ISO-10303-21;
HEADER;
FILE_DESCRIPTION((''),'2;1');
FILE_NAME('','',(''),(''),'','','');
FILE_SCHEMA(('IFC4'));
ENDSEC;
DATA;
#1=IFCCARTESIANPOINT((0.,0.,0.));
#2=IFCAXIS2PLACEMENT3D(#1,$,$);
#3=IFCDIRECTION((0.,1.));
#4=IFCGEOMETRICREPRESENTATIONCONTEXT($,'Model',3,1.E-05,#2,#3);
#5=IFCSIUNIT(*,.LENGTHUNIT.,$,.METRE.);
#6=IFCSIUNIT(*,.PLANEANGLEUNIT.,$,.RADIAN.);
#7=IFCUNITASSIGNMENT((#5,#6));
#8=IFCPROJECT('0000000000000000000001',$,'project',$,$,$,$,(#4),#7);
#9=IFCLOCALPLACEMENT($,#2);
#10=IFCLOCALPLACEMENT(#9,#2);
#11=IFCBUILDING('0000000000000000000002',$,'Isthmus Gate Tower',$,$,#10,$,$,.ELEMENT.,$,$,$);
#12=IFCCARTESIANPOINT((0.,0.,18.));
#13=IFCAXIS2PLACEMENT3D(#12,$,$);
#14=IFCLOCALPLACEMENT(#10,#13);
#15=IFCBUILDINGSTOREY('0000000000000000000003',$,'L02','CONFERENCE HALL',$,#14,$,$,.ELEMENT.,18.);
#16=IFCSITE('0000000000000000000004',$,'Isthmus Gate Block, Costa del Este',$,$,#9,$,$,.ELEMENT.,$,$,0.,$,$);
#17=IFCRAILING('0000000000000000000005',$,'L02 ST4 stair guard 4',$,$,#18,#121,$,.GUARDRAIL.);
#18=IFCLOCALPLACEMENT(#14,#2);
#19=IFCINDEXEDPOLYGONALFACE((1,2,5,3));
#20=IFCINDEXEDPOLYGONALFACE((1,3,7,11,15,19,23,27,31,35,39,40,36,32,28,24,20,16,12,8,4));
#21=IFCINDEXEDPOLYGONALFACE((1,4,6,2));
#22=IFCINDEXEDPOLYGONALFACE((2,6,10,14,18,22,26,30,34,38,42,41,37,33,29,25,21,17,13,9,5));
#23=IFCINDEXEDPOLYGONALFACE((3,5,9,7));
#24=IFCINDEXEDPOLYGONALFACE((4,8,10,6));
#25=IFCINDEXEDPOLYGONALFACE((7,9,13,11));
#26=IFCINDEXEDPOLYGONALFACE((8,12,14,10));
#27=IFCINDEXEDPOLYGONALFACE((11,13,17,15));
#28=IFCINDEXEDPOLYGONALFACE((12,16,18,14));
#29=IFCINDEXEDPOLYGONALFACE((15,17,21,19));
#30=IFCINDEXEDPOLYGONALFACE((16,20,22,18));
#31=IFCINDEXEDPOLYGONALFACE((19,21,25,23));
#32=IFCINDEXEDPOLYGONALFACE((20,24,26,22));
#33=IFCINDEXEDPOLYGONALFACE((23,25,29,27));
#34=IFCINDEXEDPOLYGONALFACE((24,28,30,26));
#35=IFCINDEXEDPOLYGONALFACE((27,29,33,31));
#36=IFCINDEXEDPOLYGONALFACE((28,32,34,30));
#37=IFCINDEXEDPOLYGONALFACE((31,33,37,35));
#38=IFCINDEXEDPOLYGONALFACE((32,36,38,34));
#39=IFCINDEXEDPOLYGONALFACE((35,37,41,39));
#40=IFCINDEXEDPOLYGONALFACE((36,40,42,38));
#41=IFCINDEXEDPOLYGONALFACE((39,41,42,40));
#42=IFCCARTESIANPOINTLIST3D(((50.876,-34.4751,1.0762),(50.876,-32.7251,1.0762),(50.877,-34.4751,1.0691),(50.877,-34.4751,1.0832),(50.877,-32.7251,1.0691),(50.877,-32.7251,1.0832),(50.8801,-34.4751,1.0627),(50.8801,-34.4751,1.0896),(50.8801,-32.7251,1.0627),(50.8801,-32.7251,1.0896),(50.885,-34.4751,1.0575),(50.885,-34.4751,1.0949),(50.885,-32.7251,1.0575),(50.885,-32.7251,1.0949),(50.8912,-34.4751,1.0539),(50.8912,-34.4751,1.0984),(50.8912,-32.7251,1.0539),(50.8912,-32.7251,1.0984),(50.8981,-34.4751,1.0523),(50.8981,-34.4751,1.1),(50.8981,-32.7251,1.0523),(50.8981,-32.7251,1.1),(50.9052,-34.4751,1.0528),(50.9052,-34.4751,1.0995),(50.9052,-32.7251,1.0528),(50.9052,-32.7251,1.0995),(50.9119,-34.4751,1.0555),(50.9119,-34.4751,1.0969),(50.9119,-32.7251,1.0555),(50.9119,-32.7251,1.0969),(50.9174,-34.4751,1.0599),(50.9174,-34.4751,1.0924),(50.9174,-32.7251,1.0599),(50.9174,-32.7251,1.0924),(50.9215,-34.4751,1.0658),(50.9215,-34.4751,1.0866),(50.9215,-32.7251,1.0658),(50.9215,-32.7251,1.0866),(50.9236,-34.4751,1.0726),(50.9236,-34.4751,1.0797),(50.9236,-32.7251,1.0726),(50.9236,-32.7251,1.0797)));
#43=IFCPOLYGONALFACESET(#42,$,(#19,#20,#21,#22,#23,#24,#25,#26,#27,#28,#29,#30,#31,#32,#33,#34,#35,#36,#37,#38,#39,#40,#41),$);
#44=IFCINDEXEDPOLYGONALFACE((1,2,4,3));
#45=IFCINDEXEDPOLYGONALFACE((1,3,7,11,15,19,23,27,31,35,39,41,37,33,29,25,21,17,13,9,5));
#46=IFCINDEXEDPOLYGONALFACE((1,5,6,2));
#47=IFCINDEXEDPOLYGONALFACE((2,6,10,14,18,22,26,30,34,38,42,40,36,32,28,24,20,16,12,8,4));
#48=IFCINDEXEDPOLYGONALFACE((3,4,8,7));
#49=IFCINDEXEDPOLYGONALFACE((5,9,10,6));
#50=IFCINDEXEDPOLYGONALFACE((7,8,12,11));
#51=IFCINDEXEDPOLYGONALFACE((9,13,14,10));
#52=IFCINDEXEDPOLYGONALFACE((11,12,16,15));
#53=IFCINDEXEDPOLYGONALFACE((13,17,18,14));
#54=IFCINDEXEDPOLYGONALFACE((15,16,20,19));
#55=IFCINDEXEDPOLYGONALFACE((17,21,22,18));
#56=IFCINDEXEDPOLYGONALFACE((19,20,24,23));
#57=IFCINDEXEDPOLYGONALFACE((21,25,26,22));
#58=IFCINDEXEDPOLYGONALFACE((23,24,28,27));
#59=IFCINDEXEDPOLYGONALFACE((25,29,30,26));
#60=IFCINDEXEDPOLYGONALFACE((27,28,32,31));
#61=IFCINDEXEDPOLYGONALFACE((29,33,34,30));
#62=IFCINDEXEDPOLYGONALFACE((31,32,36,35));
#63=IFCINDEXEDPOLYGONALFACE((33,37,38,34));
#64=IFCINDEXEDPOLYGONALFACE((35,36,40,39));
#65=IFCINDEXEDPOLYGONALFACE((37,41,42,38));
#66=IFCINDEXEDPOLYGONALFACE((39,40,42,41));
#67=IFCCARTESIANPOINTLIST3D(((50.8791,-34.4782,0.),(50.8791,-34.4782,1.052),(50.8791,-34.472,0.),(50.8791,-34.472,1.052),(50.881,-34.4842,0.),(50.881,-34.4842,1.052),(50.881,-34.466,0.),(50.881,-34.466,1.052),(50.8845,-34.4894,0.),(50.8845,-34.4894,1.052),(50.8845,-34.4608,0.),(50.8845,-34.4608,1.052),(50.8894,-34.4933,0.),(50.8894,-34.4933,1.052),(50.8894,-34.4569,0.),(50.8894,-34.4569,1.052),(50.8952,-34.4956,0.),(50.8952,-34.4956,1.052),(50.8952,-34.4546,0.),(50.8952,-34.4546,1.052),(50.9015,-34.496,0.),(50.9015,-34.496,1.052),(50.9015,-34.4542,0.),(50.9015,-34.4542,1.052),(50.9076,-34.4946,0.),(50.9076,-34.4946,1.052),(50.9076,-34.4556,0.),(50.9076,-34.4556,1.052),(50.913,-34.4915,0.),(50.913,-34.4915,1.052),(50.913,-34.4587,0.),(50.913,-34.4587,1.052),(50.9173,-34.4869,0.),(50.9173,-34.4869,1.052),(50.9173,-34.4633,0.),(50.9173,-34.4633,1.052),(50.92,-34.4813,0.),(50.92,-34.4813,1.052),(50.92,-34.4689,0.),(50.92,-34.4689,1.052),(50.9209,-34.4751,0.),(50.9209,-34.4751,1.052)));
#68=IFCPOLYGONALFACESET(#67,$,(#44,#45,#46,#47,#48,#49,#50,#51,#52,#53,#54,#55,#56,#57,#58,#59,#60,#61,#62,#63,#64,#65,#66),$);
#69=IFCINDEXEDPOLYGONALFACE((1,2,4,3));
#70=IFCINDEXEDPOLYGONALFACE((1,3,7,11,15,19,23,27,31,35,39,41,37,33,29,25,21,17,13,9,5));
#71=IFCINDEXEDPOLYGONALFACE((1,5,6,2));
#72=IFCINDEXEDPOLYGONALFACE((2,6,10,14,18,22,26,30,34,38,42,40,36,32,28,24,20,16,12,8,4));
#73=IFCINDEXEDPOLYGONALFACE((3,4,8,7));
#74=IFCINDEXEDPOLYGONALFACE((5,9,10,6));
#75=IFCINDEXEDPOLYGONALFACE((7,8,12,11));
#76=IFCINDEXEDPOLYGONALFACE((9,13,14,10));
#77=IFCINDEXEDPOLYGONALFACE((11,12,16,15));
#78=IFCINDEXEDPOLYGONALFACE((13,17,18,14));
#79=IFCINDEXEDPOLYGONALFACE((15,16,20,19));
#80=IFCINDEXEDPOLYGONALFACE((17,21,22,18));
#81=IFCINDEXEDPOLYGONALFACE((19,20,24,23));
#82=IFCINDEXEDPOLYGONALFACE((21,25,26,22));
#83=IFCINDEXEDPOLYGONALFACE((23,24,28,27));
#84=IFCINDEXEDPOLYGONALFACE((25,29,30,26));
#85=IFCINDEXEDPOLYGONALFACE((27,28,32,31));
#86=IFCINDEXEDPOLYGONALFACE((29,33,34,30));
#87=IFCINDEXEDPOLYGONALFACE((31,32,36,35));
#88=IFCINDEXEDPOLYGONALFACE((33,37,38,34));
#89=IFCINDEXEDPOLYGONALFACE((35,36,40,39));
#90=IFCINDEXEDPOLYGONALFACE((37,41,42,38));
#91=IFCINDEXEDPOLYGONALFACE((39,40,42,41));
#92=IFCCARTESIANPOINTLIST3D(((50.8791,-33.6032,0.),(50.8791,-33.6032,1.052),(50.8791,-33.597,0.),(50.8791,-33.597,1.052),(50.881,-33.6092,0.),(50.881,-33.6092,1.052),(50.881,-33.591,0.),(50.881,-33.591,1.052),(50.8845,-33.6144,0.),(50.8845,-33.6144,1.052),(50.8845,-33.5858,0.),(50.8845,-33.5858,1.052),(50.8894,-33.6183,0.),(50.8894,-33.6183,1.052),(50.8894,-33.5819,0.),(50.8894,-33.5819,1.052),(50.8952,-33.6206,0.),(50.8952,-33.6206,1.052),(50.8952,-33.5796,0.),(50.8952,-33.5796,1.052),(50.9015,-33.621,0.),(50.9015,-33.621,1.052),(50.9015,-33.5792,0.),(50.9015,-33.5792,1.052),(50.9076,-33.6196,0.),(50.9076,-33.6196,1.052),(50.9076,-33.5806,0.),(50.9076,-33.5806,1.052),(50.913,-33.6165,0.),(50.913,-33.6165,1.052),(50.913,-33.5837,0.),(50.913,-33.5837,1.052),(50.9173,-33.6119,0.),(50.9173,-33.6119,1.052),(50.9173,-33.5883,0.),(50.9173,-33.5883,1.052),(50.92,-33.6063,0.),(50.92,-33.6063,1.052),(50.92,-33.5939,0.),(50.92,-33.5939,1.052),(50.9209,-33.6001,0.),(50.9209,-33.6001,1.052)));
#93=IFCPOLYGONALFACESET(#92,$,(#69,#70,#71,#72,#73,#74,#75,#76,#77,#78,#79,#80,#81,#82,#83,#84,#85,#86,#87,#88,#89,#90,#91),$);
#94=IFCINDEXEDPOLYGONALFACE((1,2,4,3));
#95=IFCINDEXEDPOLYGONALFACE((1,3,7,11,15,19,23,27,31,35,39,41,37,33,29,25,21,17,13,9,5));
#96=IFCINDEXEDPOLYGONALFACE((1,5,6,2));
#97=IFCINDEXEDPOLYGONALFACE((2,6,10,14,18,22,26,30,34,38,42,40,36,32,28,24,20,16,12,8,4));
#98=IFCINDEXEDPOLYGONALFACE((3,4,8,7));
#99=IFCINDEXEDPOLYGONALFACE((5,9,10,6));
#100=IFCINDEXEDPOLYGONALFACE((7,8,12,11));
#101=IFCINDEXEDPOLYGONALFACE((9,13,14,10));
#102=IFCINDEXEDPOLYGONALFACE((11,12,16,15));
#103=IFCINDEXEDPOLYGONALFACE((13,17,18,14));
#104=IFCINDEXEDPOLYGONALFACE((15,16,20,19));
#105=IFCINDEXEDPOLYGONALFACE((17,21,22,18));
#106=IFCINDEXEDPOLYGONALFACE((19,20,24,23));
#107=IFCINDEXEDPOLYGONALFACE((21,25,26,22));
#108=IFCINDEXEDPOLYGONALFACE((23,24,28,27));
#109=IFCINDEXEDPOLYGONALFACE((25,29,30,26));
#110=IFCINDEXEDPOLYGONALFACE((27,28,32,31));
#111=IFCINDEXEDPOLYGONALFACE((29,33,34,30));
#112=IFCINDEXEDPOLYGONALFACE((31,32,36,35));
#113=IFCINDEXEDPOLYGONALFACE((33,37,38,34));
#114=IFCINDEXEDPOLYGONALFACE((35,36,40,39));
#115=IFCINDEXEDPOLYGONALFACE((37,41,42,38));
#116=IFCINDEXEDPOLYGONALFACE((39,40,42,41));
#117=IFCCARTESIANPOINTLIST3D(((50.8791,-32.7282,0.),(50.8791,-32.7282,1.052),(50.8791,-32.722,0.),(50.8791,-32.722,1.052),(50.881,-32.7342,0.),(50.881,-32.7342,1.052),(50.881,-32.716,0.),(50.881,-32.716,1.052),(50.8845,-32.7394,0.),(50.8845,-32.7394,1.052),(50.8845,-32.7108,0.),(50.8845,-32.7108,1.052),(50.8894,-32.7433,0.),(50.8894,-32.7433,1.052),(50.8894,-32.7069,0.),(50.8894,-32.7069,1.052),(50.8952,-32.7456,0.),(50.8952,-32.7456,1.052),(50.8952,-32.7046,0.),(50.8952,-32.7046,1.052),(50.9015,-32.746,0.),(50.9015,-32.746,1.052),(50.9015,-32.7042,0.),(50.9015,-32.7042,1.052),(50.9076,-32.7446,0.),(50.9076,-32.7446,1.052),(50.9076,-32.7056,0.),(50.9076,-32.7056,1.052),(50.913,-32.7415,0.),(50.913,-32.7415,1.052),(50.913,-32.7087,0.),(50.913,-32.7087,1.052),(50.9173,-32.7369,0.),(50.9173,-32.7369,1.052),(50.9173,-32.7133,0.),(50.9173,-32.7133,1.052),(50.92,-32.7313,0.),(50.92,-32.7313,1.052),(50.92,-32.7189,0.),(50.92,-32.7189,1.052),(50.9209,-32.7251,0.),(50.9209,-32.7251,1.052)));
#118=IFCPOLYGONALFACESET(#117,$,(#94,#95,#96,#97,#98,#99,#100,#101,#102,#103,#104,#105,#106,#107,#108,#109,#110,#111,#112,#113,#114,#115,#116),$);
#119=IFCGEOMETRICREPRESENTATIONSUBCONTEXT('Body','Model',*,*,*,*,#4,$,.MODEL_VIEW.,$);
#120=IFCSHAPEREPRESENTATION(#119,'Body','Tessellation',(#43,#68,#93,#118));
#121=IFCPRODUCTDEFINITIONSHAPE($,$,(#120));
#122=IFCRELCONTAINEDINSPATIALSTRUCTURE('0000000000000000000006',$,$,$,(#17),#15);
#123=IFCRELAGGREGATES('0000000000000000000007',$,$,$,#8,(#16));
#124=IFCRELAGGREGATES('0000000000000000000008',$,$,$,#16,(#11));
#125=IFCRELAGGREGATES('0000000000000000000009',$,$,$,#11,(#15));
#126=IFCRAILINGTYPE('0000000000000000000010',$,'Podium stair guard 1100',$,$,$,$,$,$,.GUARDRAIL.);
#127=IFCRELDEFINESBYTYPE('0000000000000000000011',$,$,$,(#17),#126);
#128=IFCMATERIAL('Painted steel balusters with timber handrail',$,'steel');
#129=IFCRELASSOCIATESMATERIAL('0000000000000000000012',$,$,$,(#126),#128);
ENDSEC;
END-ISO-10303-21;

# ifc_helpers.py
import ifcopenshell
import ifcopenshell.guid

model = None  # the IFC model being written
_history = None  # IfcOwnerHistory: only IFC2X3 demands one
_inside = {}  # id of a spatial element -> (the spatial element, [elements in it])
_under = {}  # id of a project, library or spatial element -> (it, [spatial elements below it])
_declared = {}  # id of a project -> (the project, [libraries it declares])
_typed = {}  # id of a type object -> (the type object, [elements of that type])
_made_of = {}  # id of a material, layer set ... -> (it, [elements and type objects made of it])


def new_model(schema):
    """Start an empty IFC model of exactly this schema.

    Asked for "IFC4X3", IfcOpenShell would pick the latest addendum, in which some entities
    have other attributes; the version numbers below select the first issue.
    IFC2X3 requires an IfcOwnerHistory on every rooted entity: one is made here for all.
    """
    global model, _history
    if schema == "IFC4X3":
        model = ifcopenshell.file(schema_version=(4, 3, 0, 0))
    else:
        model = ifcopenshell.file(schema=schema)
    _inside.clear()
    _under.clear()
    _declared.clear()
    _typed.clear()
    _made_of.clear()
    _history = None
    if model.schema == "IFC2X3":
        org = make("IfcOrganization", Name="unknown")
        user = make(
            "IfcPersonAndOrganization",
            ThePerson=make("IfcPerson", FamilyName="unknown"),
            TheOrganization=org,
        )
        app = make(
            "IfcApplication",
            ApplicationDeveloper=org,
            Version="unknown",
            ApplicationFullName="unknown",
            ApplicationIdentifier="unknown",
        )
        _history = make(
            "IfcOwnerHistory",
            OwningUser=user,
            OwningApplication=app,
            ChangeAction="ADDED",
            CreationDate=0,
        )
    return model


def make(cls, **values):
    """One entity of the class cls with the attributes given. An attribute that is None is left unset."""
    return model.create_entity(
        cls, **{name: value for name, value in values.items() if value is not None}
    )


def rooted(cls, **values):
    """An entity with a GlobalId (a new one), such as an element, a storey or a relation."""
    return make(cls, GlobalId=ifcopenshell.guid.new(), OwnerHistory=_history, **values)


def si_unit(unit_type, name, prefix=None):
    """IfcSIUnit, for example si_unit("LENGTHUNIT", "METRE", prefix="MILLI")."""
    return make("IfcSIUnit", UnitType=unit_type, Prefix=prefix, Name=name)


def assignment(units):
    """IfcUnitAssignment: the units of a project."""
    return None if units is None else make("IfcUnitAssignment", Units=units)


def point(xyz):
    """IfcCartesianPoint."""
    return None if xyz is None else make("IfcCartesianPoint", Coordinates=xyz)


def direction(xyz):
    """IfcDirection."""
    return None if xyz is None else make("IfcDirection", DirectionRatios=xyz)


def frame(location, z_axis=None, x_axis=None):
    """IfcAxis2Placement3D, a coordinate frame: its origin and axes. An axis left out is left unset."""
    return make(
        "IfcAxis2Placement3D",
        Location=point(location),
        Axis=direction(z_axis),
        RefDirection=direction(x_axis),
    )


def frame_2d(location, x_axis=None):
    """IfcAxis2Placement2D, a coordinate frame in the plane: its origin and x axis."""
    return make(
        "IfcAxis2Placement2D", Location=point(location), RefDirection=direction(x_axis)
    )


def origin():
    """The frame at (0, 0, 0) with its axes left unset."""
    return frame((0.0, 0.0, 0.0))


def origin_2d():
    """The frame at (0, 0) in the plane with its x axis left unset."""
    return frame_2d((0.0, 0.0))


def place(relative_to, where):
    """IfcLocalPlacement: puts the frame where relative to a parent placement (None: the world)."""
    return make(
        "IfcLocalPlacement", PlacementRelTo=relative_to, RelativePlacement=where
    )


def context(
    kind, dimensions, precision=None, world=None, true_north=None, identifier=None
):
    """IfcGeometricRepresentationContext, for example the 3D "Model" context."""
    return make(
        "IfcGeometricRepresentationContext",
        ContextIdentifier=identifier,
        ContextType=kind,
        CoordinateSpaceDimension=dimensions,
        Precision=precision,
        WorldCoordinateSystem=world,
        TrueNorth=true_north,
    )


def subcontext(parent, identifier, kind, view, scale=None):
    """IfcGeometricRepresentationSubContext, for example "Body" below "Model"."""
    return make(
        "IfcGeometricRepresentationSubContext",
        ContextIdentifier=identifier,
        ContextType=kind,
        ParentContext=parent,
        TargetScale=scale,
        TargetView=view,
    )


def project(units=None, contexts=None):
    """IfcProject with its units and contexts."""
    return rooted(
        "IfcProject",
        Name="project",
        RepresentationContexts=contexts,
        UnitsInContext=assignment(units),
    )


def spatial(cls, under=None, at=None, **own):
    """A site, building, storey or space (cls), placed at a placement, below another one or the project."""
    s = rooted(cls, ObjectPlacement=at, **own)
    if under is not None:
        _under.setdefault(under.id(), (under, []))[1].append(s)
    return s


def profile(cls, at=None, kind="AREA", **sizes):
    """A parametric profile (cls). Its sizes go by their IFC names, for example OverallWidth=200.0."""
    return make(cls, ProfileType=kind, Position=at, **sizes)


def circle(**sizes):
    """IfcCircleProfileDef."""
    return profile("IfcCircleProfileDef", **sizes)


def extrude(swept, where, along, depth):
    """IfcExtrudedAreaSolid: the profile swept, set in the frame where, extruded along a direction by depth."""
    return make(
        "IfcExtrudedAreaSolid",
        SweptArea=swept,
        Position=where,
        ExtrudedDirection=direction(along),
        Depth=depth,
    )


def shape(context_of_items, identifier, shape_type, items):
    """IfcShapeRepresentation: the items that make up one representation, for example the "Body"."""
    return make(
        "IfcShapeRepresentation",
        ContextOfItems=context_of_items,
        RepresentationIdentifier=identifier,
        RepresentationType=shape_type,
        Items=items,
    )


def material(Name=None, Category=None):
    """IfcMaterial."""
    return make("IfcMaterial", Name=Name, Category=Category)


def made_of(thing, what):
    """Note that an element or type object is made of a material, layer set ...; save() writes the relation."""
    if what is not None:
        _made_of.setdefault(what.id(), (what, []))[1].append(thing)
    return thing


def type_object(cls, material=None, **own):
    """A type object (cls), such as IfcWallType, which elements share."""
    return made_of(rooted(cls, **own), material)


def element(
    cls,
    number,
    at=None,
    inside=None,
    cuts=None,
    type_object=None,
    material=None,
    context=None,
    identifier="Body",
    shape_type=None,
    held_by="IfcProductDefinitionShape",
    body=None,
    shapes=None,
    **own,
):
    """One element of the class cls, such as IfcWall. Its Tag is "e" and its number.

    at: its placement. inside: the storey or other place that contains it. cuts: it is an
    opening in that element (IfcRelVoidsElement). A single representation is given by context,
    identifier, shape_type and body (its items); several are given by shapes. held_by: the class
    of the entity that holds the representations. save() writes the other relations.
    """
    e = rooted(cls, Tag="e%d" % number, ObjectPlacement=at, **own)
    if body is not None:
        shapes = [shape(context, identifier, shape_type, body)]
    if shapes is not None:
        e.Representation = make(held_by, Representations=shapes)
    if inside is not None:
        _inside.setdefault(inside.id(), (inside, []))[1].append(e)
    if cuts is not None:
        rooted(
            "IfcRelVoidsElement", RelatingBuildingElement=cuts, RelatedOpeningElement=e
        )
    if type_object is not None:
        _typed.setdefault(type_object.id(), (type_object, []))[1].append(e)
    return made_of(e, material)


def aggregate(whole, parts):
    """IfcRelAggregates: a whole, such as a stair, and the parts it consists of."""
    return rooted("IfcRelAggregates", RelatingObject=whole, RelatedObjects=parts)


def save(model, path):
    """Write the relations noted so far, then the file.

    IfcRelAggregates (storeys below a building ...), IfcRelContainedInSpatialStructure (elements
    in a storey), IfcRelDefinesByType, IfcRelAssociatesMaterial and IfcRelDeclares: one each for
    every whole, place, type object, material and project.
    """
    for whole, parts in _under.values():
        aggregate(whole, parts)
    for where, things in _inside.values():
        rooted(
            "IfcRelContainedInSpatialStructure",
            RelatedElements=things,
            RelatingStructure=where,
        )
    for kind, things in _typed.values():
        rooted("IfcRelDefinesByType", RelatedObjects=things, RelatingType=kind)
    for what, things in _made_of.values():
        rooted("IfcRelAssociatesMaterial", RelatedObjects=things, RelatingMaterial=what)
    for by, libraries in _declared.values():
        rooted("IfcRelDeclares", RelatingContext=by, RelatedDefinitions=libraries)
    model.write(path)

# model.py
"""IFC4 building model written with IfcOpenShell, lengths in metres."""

from ifc_helpers import new_model, si_unit, direction, frame, origin, origin_2d, place, context, subcontext, project, spatial, circle, extrude, material, type_object, element, save


model = new_model("IFC4")

# Units and contexts
model_context = context("Model", 3, precision=1e-05, world=origin(), true_north=direction((0.0, 1.0)))
body_context = subcontext(model_context, "Body", "Model", "MODEL_VIEW")
ifc_project = project(units=[si_unit("LENGTHUNIT", "METRE"), si_unit("PLANEANGLEUNIT", "RADIAN")], contexts=[model_context])

# Site, building, storey
site_placement = place(None, origin())
site = spatial("IfcSite", under=ifc_project, at=site_placement, Name="Isthmus Gate Block, Costa del Este", CompositionType="ELEMENT", RefElevation=0.0)
building_placement = place(site_placement, origin())
building = spatial("IfcBuilding", under=site, at=building_placement, Name="Isthmus Gate Tower", CompositionType="ELEMENT")
storey_placement = place(building_placement, frame((0.0, 0.0, 18.0)))
storey = spatial("IfcBuildingStorey", under=building, at=storey_placement, Name="L02", Description="CONFERENCE HALL", CompositionType="ELEMENT", Elevation=18.0)

# Railing
ifc_material_1 = material(Name="Painted steel balusters with timber handrail", Category="steel")
railing_type_1 = type_object("IfcRailingType", Name="Podium stair guard 1100", PredefinedType="GUARDRAIL", material=ifc_material_1)
railing_1_placement = place(storey_placement, frame((50.8999, -34.4751, 0.0)))
element("IfcRailing", 1, at=railing_1_placement, inside=storey, type_object=railing_type_1, Name="L02 ST4 stair guard 4", PredefinedType="GUARDRAIL", context=body_context, shape_type="SweptSolid", body=[
    extrude(circle(Radius=0.0239, at=origin_2d()), frame((0.0, 0.0, 1.0762), z_axis=(0.0, 1.0, 0.0), x_axis=(-1.0, 0.0, 0.0)), (0.0, 0.0, 1.0), 1.75),
    extrude(circle(Radius=0.021, at=origin_2d()), origin(), (0.0, 0.0, 1.0), 1.052),
    extrude(circle(Radius=0.021, at=origin_2d()), frame((0.0, 0.875, 0.0)), (0.0, 0.0, 1.0), 1.052),
    extrude(circle(Radius=0.021, at=origin_2d()), frame((0.0, 1.75, 0.0)), (0.0, 0.0, 1.0), 1.052),
])

save(model, "model.ifc")
